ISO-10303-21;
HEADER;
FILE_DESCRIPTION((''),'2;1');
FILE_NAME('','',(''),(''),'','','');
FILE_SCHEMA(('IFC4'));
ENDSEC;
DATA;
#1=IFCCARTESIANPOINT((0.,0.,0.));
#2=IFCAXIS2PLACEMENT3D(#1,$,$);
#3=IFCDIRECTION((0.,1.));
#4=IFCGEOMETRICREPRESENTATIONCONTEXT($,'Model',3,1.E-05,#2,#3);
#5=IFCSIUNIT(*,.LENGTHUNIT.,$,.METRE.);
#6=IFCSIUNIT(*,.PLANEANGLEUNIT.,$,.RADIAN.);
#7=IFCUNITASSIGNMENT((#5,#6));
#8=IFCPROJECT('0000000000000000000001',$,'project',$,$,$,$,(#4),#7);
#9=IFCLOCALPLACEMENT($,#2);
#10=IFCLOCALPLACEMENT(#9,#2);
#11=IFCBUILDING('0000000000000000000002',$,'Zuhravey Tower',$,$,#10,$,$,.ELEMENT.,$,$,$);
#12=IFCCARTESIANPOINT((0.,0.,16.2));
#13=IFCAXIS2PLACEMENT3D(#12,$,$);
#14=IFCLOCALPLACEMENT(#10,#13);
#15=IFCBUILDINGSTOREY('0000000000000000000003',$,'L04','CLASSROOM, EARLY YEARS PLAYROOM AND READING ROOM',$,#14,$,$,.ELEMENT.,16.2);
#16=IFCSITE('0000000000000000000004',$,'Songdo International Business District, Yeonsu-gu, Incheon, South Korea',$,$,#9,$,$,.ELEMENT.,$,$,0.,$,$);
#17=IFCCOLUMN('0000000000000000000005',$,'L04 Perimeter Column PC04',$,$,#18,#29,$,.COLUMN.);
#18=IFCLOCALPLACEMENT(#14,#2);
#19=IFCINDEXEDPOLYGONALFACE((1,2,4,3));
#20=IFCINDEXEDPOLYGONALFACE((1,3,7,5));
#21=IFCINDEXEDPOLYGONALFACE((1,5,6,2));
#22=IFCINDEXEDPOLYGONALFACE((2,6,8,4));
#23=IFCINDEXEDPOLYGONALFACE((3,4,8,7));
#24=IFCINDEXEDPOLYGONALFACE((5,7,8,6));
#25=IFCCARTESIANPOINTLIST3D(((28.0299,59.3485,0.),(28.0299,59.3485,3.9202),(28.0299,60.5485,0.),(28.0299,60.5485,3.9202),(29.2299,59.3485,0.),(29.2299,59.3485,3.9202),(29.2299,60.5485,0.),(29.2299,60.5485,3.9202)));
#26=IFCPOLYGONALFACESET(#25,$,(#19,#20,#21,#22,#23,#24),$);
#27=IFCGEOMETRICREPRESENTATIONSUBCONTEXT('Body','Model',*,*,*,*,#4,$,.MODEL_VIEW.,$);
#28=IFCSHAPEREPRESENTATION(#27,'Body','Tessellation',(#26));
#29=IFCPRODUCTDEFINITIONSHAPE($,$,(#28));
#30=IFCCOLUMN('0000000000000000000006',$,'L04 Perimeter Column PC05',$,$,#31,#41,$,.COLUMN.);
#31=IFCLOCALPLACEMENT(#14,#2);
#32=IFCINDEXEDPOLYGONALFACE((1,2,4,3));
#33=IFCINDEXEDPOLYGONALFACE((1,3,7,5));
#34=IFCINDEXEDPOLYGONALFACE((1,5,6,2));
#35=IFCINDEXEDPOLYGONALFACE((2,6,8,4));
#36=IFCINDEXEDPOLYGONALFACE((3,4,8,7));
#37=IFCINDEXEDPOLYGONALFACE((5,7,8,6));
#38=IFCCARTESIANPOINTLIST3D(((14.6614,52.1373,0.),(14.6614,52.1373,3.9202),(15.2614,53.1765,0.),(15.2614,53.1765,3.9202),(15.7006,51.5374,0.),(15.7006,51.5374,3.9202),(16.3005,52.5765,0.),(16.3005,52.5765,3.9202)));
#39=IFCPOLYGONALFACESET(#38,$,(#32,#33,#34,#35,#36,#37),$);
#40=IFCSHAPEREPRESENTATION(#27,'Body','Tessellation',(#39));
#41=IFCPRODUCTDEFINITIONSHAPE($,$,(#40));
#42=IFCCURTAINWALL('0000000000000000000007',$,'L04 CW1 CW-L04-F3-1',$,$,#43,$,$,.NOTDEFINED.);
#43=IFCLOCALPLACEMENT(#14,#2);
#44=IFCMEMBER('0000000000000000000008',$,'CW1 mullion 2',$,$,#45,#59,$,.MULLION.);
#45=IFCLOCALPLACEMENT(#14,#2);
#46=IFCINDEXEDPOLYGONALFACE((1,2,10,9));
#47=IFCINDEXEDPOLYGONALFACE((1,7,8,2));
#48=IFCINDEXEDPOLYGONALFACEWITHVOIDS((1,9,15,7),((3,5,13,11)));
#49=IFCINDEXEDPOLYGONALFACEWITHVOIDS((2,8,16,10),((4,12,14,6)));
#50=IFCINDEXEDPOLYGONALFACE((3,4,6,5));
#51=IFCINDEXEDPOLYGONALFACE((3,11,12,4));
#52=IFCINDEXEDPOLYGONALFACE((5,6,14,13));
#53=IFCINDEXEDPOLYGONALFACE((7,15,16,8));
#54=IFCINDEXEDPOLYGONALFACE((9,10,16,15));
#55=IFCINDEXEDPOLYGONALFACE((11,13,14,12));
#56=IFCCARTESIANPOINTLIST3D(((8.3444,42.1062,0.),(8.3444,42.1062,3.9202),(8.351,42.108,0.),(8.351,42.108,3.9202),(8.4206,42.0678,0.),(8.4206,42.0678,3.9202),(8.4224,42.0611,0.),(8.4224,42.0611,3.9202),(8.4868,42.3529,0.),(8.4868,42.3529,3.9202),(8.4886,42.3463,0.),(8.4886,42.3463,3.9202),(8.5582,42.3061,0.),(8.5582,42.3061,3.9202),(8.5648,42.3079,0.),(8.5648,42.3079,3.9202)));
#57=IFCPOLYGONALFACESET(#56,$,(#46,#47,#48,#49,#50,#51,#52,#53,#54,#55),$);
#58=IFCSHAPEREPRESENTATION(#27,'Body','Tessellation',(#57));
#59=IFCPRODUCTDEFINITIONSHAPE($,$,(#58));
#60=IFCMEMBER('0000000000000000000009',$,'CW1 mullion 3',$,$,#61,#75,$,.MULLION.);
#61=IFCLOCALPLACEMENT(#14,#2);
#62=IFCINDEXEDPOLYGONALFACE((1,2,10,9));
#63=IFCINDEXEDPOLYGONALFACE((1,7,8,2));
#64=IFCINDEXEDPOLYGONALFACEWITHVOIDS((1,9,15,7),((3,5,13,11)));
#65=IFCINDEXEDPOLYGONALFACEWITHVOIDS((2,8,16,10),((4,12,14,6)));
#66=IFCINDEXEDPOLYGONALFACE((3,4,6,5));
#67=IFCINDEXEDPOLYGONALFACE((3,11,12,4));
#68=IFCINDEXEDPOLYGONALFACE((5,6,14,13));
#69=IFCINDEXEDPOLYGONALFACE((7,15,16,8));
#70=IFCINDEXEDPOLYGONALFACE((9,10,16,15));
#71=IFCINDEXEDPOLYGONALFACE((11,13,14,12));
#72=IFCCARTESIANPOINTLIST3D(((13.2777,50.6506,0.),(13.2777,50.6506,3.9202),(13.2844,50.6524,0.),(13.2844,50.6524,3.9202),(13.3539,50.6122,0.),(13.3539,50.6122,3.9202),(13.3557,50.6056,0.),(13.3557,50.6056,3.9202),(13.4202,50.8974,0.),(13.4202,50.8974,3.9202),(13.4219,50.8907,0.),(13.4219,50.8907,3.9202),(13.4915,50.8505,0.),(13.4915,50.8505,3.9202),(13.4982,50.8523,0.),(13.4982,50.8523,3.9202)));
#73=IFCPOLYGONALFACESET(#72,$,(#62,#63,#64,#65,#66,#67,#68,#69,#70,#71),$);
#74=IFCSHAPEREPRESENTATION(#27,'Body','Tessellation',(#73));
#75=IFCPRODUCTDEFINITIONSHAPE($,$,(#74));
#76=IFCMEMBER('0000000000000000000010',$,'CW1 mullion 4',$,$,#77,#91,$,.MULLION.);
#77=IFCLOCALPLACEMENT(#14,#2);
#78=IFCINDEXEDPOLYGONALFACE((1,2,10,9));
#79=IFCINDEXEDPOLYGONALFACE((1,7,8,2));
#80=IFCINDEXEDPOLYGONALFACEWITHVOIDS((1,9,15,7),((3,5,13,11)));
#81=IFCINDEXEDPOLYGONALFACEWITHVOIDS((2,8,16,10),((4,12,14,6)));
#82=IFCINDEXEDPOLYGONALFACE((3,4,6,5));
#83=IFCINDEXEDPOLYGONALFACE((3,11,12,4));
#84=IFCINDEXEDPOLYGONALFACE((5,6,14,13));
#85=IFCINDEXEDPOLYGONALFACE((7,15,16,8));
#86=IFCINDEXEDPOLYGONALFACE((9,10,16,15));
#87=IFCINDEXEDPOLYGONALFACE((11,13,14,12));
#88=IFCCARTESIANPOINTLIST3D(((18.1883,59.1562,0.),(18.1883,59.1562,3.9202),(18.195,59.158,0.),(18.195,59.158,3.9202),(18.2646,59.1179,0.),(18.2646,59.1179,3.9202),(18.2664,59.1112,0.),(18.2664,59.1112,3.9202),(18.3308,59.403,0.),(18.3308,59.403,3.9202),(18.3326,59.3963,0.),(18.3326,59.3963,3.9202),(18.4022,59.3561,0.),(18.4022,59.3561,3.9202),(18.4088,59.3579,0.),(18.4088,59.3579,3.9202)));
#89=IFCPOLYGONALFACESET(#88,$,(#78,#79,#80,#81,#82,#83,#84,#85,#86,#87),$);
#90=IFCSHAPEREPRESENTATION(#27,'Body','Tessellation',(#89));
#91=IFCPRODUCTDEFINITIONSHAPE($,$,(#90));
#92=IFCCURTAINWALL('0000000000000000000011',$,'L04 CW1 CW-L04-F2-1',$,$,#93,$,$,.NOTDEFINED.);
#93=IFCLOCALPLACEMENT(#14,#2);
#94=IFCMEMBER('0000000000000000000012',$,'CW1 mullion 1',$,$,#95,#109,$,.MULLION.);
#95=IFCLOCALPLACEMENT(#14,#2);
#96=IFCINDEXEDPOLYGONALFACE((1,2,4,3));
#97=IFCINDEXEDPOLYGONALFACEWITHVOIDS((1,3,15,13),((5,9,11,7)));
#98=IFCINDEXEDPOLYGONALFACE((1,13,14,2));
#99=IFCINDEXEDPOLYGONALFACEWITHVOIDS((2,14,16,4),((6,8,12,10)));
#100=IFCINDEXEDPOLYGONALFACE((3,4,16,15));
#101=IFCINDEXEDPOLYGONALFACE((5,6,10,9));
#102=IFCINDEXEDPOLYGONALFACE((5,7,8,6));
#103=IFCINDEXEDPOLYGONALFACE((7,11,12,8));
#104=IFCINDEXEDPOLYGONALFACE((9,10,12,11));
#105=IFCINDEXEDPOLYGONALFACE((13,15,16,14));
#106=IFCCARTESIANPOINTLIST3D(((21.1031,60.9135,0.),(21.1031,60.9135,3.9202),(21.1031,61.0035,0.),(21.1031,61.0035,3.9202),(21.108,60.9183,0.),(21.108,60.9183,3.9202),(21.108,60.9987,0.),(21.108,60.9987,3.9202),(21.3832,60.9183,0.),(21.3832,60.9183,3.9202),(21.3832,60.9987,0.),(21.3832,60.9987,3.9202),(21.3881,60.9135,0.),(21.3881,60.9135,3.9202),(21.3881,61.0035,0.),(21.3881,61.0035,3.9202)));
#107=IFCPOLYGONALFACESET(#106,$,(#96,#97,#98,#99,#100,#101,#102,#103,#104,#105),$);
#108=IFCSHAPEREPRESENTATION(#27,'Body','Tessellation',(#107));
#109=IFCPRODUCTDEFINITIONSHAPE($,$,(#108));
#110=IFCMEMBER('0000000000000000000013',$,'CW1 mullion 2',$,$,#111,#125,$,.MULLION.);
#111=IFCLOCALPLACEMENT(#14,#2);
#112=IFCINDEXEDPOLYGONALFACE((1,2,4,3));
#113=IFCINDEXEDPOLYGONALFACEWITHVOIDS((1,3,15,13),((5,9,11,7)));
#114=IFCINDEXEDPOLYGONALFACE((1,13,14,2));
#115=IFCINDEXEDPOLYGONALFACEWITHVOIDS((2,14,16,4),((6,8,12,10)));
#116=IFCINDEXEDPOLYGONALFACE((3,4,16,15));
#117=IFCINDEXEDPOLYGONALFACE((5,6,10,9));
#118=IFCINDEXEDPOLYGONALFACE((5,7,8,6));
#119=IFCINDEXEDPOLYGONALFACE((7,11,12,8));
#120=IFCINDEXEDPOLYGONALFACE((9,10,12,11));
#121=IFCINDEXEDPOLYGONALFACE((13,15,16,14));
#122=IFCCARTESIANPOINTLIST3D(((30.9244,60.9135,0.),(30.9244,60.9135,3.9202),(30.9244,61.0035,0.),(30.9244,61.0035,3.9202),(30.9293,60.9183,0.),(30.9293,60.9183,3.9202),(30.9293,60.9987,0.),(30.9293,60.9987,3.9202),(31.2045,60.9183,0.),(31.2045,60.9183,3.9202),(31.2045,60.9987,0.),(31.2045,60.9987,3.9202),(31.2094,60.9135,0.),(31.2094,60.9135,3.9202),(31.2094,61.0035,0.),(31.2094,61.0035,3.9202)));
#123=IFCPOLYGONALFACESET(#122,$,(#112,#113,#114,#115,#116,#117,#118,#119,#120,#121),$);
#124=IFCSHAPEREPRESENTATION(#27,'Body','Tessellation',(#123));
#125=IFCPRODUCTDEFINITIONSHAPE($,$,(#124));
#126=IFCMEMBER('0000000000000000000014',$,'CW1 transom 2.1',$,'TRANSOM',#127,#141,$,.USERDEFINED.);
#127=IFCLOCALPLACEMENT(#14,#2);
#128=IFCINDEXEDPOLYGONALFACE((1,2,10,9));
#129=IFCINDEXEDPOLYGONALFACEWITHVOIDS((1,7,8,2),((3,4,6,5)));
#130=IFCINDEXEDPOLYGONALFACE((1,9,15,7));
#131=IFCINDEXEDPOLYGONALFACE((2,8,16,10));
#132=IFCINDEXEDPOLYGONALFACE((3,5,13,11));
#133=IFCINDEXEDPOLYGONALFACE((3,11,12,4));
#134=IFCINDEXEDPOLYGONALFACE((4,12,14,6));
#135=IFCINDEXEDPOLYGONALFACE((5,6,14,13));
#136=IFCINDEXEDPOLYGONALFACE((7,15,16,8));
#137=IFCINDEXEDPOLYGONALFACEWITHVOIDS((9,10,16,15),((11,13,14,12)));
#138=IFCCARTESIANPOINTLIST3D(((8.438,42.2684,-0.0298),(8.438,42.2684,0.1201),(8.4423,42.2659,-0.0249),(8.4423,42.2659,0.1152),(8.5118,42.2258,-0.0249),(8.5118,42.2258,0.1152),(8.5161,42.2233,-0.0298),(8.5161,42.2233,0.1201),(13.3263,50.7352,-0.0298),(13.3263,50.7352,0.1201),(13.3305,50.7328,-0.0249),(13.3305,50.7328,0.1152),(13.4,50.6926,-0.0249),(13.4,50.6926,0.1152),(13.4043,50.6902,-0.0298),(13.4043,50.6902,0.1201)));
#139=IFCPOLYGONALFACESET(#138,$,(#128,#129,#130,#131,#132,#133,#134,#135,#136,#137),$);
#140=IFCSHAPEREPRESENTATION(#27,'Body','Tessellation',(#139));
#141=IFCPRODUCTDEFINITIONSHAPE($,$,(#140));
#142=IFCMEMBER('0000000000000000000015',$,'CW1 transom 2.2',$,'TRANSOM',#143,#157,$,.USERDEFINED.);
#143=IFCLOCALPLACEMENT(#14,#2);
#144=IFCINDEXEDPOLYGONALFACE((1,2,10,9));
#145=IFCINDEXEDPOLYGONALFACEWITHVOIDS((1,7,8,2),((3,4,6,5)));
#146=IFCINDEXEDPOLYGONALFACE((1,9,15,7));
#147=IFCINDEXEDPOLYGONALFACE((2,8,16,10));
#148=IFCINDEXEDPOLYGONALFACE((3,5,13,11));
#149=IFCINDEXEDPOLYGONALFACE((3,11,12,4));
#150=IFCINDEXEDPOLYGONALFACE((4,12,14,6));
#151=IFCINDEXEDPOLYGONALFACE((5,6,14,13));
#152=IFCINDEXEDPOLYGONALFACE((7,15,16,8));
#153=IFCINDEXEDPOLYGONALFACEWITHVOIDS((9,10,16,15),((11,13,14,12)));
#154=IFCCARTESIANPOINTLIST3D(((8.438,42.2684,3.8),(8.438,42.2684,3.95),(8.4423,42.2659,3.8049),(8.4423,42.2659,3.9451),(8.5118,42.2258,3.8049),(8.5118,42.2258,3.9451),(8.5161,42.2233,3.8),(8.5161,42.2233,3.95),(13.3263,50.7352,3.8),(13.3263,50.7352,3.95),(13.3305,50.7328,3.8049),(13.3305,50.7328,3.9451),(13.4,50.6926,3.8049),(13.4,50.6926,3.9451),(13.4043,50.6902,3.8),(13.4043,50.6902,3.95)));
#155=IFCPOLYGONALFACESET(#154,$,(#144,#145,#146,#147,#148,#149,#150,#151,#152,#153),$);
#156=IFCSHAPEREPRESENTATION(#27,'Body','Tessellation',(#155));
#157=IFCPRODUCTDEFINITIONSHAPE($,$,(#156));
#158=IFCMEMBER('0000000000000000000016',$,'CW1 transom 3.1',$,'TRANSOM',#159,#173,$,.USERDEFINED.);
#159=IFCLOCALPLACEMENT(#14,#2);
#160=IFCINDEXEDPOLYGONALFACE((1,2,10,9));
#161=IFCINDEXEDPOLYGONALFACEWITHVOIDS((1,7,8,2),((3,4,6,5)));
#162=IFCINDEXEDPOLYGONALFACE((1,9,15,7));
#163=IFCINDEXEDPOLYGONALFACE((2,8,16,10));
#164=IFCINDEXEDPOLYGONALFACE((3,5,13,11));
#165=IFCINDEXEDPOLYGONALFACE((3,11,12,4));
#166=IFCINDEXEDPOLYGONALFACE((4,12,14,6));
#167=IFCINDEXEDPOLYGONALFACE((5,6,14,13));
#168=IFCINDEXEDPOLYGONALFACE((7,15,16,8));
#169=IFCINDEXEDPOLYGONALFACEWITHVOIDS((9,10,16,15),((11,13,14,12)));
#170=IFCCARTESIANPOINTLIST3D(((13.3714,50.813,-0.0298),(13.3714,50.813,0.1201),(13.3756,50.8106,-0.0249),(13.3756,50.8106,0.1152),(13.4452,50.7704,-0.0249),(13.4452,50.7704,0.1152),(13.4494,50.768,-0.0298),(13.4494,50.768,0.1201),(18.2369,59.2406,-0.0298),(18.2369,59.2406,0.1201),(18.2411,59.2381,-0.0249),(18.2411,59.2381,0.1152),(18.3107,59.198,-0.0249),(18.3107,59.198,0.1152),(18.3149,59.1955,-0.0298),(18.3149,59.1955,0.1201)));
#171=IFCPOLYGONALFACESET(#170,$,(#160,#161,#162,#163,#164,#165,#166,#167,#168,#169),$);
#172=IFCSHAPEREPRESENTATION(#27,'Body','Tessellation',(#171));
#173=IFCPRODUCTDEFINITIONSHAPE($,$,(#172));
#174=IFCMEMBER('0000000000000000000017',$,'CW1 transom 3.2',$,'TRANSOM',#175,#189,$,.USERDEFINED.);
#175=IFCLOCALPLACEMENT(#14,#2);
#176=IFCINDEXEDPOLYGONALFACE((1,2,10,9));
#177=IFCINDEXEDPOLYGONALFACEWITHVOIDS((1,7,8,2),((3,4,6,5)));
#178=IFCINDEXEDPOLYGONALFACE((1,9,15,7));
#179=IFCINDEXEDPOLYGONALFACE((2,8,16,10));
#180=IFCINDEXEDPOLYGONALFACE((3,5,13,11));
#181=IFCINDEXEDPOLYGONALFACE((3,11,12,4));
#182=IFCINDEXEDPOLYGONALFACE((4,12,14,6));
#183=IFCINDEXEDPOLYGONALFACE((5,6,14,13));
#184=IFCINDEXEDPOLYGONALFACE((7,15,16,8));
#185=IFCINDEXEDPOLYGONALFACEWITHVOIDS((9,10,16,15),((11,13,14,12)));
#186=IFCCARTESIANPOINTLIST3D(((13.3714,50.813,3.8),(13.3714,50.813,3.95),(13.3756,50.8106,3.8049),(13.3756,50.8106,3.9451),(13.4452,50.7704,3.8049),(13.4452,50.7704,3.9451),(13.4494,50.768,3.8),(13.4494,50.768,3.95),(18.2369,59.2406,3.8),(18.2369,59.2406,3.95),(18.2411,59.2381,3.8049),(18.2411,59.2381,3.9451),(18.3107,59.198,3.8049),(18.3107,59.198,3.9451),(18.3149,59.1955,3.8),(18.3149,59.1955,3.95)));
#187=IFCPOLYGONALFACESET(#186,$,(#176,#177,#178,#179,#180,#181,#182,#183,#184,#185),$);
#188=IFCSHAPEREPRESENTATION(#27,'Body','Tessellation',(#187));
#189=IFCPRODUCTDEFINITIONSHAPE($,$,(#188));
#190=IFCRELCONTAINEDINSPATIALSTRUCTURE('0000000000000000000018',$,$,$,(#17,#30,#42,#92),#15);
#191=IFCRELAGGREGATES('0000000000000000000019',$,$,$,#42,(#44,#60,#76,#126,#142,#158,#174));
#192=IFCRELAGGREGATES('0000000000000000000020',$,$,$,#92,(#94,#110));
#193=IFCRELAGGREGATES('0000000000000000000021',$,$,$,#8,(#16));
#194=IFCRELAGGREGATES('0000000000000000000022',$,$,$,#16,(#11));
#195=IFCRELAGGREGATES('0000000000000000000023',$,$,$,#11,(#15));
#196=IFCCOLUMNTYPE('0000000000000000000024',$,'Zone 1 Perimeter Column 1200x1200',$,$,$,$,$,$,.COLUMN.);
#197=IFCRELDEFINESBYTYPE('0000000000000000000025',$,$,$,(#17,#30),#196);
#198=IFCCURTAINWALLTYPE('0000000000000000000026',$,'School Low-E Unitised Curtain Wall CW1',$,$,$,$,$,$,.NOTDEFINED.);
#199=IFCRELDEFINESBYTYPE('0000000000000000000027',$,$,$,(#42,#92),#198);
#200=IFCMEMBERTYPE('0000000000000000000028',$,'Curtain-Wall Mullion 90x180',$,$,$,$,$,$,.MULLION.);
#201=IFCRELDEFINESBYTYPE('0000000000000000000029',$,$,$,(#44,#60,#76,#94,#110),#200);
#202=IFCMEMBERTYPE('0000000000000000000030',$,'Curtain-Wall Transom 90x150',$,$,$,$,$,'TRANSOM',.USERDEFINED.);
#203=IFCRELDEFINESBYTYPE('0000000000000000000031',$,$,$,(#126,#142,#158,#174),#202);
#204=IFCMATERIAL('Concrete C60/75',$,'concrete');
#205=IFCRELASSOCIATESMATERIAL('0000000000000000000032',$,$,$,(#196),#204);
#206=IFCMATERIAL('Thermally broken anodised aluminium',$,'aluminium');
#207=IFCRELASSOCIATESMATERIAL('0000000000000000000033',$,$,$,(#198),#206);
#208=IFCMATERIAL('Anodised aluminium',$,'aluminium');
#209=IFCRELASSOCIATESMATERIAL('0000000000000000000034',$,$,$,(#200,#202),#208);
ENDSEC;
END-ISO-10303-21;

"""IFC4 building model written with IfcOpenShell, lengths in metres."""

from ifc_helpers import new_model, si_unit, direction, frame, origin, origin_2d, place, context, subcontext, project, spatial, rectangle, hollow_rectangle, extrude, material, material_profile, profile_set, type_object, element, aggregate, save


model = new_model("IFC4")

# Units and contexts
model_context = context("Model", 3, precision=1e-05, world=origin(), true_north=direction((0.0, 1.0)))
body_context = subcontext(model_context, "Body", "Model", "MODEL_VIEW")
ifc_project = project(units=[si_unit("LENGTHUNIT", "METRE"), si_unit("PLANEANGLEUNIT", "RADIAN")], contexts=[model_context])

# Site, building, storey
site_placement = place(None, origin())
site = spatial("IfcSite", under=ifc_project, at=site_placement, Name="Songdo International Business District, Yeonsu-gu, Incheon, South Korea", CompositionType="ELEMENT", RefElevation=0.0)
building_placement = place(site_placement, origin())
building = spatial("IfcBuilding", under=site, at=building_placement, Name="Zuhravey Tower", CompositionType="ELEMENT")
storey_placement = place(building_placement, frame((0.0, 0.0, 16.2)))
storey = spatial("IfcBuildingStorey", under=building, at=storey_placement, Name="L04", Description="CLASSROOM, EARLY YEARS PLAYROOM AND READING ROOM", CompositionType="ELEMENT", Elevation=16.2)

# Columns
ifc_material_1 = material(Name="Concrete C60/75", Category="concrete")
ifc_material_profile_1 = material_profile(ifc_material_1, rectangle(XDim=1.2, YDim=1.2, at=origin_2d()), Name="RC-1200x1200")
ifc_profile_set_1 = profile_set([ifc_material_profile_1], Name="Concrete C60/75")
column_type = type_object("IfcColumnType", Name="Zone 1 Perimeter Column 1200x1200", PredefinedType="COLUMN", material=ifc_profile_set_1)
for number, where, z_axis, x_axis, name in (
    (1, (28.6299, 59.9485, 0.0), (0.0, 0.0, 1.0), (-1.0, 0.0, 0.0), "L04 Perimeter Column PC04"),
    (2, (15.481, 52.3569, 0.0), (0.0, 0.0, 1.0), (-0.5, -0.866025, 0.0), "L04 Perimeter Column PC05"),
):
    element("IfcColumn", number, at=place(storey_placement, frame(where, z_axis=z_axis, x_axis=x_axis)), inside=storey, type_object=column_type, Name=name, PredefinedType="COLUMN", context=body_context, shape_type="SweptSolid", body=[
        extrude(rectangle(XDim=1.2, YDim=1.2, at=origin_2d()), origin(), (0.0, 0.0, 1.0), 3.9202),
    ])

# Curtain walls, members
ifc_material_2 = material(Name="Thermally broken anodised aluminium", Category="aluminium")
curtain_wall_type = type_object("IfcCurtainWallType", Name="School Low-E Unitised Curtain Wall CW1", PredefinedType="NOTDEFINED", material=ifc_material_2)
curtain_wall_1_placement = place(storey_placement, origin())
curtain_wall_1 = element("IfcCurtainWall", 3, at=curtain_wall_1_placement, inside=storey, type_object=curtain_wall_type, Name="L04 CW1 CW-L04-F3-1", PredefinedType="NOTDEFINED")
ifc_material_3 = material(Name="Anodised aluminium", Category="aluminium")
ifc_material_profile_2 = material_profile(ifc_material_3, hollow_rectangle(XDim=0.0901, YDim=0.2849, WallThickness=0.0049, at=origin_2d()), Name="ALU-RHS-90x285x5")
ifc_profile_set_2 = profile_set([ifc_material_profile_2], Name="Anodised aluminium")
member_type_1 = type_object("IfcMemberType", Name="Curtain-Wall Mullion 90x180", PredefinedType="MULLION", material=ifc_profile_set_2)
member_1_placement = place(storey_placement, frame((8.4546, 42.207, 0.0), z_axis=(0.0, 0.0, 1.0), x_axis=(-0.866026, 0.5, 0.0)))
member_1 = element("IfcMember", 4, at=member_1_placement, type_object=member_type_1, Name="CW1 mullion 2", PredefinedType="MULLION", context=body_context, shape_type="SweptSolid", body=[
    extrude(hollow_rectangle(XDim=0.0901, YDim=0.2849, WallThickness=0.0049, at=origin_2d()), origin(), (0.0, 0.0, 1.0), 3.9202),
])
member_2_placement = place(storey_placement, frame((13.3879, 50.7515, 0.0), z_axis=(0.0, 0.0, 1.0), x_axis=(-0.866026, 0.5, 0.0)))
member_2 = element("IfcMember", 5, at=member_2_placement, type_object=member_type_1, Name="CW1 mullion 3", PredefinedType="MULLION", context=body_context, shape_type="SweptSolid", body=[
    extrude(hollow_rectangle(XDim=0.0901, YDim=0.2849, WallThickness=0.0049, at=origin_2d()), origin(), (0.0, 0.0, 1.0), 3.9202),
])
member_3_placement = place(storey_placement, frame((18.2986, 59.2571, 0.0), z_axis=(0.0, 0.0, 1.0), x_axis=(-0.866026, 0.5, 0.0)))
member_3 = element("IfcMember", 6, at=member_3_placement, type_object=member_type_1, Name="CW1 mullion 4", PredefinedType="MULLION", context=body_context, shape_type="SweptSolid", body=[
    extrude(hollow_rectangle(XDim=0.0901, YDim=0.2849, WallThickness=0.0049, at=origin_2d()), origin(), (0.0, 0.0, 1.0), 3.9202),
])
curtain_wall_2_placement = place(storey_placement, origin())
curtain_wall_2 = element("IfcCurtainWall", 7, at=curtain_wall_2_placement, inside=storey, type_object=curtain_wall_type, Name="L04 CW1 CW-L04-F2-1", PredefinedType="NOTDEFINED")
member_4_placement = place(storey_placement, frame((21.2456, 60.9585, 0.0), z_axis=(0.0, 0.0, 1.0), x_axis=(0.0, 1.0, 0.0)))
member_4 = element("IfcMember", 8, at=member_4_placement, type_object=member_type_1, Name="CW1 mullion 1", PredefinedType="MULLION", context=body_context, shape_type="SweptSolid", body=[
    extrude(hollow_rectangle(XDim=0.0901, YDim=0.2849, WallThickness=0.0049, at=origin_2d()), origin(), (0.0, 0.0, 1.0), 3.9202),
])
member_5_placement = place(storey_placement, frame((31.0669, 60.9585, 0.0), z_axis=(0.0, 0.0, 1.0), x_axis=(0.0, 1.0, 0.0)))
member_5 = element("IfcMember", 9, at=member_5_placement, type_object=member_type_1, Name="CW1 mullion 2", PredefinedType="MULLION", context=body_context, shape_type="SweptSolid", body=[
    extrude(hollow_rectangle(XDim=0.0901, YDim=0.2849, WallThickness=0.0049, at=origin_2d()), origin(), (0.0, 0.0, 1.0), 3.9202),
])

# Members
ifc_material_profile_3 = material_profile(ifc_material_3, hollow_rectangle(XDim=0.0901, YDim=0.1499, WallThickness=0.0049, at=origin_2d()), Name="ALU-RHS-90x150x5")
ifc_profile_set_3 = profile_set([ifc_material_profile_3], Name="Anodised aluminium")
member_type_2 = type_object("IfcMemberType", Name="Curtain-Wall Transom 90x150", ElementType="TRANSOM", PredefinedType="USERDEFINED", material=ifc_profile_set_3)
member_6_placement = place(storey_placement, frame((8.4771, 42.2458, 0.0452), z_axis=(0.49999, 0.866031, 0.0), x_axis=(-0.866031, 0.49999, 0.0)))
member_6 = element("IfcMember", 10, at=member_6_placement, type_object=member_type_2, Name="CW1 transom 2.1", ObjectType="TRANSOM", PredefinedType="USERDEFINED", context=body_context, shape_type="SweptSolid", body=[
    extrude(hollow_rectangle(XDim=0.0901, YDim=0.1499, WallThickness=0.0049, at=origin_2d()), origin(), (0.0, 0.0, 1.0), 9.7766),
])
member_7_placement = place(storey_placement, frame((8.4771, 42.2458, 3.875), z_axis=(0.49999, 0.866031, 0.0), x_axis=(-0.866031, 0.49999, 0.0)))
member_7 = element("IfcMember", 11, at=member_7_placement, type_object=member_type_2, Name="CW1 transom 2.2", ObjectType="TRANSOM", PredefinedType="USERDEFINED", context=body_context, shape_type="SweptSolid", body=[
    extrude(hollow_rectangle(XDim=0.0901, YDim=0.1499, WallThickness=0.0049, at=origin_2d()), origin(), (0.0, 0.0, 1.0), 9.7766),
])
member_8_placement = place(storey_placement, frame((13.4104, 50.7905, 0.0452), z_axis=(0.49999, 0.866031, 0.0), x_axis=(-0.866031, 0.49999, 0.0)))
member_8 = element("IfcMember", 12, at=member_8_placement, type_object=member_type_2, Name="CW1 transom 3.1", ObjectType="TRANSOM", PredefinedType="USERDEFINED", context=body_context, shape_type="SweptSolid", body=[
    extrude(hollow_rectangle(XDim=0.0901, YDim=0.1499, WallThickness=0.0049, at=origin_2d()), origin(), (0.0, 0.0, 1.0), 9.7312),
])
member_9_placement = place(storey_placement, frame((13.4104, 50.7905, 3.875), z_axis=(0.49999, 0.866031, 0.0), x_axis=(-0.866031, 0.49999, 0.0)))
member_9 = element("IfcMember", 13, at=member_9_placement, type_object=member_type_2, Name="CW1 transom 3.2", ObjectType="TRANSOM", PredefinedType="USERDEFINED", context=body_context, shape_type="SweptSolid", body=[
    extrude(hollow_rectangle(XDim=0.0901, YDim=0.1499, WallThickness=0.0049, at=origin_2d()), origin(), (0.0, 0.0, 1.0), 9.7312),
])

aggregate(curtain_wall_1, [member_1, member_2, member_3, member_6, member_7, member_8, member_9])
aggregate(curtain_wall_2, [member_4, member_5])

save(model, "model.ifc")
